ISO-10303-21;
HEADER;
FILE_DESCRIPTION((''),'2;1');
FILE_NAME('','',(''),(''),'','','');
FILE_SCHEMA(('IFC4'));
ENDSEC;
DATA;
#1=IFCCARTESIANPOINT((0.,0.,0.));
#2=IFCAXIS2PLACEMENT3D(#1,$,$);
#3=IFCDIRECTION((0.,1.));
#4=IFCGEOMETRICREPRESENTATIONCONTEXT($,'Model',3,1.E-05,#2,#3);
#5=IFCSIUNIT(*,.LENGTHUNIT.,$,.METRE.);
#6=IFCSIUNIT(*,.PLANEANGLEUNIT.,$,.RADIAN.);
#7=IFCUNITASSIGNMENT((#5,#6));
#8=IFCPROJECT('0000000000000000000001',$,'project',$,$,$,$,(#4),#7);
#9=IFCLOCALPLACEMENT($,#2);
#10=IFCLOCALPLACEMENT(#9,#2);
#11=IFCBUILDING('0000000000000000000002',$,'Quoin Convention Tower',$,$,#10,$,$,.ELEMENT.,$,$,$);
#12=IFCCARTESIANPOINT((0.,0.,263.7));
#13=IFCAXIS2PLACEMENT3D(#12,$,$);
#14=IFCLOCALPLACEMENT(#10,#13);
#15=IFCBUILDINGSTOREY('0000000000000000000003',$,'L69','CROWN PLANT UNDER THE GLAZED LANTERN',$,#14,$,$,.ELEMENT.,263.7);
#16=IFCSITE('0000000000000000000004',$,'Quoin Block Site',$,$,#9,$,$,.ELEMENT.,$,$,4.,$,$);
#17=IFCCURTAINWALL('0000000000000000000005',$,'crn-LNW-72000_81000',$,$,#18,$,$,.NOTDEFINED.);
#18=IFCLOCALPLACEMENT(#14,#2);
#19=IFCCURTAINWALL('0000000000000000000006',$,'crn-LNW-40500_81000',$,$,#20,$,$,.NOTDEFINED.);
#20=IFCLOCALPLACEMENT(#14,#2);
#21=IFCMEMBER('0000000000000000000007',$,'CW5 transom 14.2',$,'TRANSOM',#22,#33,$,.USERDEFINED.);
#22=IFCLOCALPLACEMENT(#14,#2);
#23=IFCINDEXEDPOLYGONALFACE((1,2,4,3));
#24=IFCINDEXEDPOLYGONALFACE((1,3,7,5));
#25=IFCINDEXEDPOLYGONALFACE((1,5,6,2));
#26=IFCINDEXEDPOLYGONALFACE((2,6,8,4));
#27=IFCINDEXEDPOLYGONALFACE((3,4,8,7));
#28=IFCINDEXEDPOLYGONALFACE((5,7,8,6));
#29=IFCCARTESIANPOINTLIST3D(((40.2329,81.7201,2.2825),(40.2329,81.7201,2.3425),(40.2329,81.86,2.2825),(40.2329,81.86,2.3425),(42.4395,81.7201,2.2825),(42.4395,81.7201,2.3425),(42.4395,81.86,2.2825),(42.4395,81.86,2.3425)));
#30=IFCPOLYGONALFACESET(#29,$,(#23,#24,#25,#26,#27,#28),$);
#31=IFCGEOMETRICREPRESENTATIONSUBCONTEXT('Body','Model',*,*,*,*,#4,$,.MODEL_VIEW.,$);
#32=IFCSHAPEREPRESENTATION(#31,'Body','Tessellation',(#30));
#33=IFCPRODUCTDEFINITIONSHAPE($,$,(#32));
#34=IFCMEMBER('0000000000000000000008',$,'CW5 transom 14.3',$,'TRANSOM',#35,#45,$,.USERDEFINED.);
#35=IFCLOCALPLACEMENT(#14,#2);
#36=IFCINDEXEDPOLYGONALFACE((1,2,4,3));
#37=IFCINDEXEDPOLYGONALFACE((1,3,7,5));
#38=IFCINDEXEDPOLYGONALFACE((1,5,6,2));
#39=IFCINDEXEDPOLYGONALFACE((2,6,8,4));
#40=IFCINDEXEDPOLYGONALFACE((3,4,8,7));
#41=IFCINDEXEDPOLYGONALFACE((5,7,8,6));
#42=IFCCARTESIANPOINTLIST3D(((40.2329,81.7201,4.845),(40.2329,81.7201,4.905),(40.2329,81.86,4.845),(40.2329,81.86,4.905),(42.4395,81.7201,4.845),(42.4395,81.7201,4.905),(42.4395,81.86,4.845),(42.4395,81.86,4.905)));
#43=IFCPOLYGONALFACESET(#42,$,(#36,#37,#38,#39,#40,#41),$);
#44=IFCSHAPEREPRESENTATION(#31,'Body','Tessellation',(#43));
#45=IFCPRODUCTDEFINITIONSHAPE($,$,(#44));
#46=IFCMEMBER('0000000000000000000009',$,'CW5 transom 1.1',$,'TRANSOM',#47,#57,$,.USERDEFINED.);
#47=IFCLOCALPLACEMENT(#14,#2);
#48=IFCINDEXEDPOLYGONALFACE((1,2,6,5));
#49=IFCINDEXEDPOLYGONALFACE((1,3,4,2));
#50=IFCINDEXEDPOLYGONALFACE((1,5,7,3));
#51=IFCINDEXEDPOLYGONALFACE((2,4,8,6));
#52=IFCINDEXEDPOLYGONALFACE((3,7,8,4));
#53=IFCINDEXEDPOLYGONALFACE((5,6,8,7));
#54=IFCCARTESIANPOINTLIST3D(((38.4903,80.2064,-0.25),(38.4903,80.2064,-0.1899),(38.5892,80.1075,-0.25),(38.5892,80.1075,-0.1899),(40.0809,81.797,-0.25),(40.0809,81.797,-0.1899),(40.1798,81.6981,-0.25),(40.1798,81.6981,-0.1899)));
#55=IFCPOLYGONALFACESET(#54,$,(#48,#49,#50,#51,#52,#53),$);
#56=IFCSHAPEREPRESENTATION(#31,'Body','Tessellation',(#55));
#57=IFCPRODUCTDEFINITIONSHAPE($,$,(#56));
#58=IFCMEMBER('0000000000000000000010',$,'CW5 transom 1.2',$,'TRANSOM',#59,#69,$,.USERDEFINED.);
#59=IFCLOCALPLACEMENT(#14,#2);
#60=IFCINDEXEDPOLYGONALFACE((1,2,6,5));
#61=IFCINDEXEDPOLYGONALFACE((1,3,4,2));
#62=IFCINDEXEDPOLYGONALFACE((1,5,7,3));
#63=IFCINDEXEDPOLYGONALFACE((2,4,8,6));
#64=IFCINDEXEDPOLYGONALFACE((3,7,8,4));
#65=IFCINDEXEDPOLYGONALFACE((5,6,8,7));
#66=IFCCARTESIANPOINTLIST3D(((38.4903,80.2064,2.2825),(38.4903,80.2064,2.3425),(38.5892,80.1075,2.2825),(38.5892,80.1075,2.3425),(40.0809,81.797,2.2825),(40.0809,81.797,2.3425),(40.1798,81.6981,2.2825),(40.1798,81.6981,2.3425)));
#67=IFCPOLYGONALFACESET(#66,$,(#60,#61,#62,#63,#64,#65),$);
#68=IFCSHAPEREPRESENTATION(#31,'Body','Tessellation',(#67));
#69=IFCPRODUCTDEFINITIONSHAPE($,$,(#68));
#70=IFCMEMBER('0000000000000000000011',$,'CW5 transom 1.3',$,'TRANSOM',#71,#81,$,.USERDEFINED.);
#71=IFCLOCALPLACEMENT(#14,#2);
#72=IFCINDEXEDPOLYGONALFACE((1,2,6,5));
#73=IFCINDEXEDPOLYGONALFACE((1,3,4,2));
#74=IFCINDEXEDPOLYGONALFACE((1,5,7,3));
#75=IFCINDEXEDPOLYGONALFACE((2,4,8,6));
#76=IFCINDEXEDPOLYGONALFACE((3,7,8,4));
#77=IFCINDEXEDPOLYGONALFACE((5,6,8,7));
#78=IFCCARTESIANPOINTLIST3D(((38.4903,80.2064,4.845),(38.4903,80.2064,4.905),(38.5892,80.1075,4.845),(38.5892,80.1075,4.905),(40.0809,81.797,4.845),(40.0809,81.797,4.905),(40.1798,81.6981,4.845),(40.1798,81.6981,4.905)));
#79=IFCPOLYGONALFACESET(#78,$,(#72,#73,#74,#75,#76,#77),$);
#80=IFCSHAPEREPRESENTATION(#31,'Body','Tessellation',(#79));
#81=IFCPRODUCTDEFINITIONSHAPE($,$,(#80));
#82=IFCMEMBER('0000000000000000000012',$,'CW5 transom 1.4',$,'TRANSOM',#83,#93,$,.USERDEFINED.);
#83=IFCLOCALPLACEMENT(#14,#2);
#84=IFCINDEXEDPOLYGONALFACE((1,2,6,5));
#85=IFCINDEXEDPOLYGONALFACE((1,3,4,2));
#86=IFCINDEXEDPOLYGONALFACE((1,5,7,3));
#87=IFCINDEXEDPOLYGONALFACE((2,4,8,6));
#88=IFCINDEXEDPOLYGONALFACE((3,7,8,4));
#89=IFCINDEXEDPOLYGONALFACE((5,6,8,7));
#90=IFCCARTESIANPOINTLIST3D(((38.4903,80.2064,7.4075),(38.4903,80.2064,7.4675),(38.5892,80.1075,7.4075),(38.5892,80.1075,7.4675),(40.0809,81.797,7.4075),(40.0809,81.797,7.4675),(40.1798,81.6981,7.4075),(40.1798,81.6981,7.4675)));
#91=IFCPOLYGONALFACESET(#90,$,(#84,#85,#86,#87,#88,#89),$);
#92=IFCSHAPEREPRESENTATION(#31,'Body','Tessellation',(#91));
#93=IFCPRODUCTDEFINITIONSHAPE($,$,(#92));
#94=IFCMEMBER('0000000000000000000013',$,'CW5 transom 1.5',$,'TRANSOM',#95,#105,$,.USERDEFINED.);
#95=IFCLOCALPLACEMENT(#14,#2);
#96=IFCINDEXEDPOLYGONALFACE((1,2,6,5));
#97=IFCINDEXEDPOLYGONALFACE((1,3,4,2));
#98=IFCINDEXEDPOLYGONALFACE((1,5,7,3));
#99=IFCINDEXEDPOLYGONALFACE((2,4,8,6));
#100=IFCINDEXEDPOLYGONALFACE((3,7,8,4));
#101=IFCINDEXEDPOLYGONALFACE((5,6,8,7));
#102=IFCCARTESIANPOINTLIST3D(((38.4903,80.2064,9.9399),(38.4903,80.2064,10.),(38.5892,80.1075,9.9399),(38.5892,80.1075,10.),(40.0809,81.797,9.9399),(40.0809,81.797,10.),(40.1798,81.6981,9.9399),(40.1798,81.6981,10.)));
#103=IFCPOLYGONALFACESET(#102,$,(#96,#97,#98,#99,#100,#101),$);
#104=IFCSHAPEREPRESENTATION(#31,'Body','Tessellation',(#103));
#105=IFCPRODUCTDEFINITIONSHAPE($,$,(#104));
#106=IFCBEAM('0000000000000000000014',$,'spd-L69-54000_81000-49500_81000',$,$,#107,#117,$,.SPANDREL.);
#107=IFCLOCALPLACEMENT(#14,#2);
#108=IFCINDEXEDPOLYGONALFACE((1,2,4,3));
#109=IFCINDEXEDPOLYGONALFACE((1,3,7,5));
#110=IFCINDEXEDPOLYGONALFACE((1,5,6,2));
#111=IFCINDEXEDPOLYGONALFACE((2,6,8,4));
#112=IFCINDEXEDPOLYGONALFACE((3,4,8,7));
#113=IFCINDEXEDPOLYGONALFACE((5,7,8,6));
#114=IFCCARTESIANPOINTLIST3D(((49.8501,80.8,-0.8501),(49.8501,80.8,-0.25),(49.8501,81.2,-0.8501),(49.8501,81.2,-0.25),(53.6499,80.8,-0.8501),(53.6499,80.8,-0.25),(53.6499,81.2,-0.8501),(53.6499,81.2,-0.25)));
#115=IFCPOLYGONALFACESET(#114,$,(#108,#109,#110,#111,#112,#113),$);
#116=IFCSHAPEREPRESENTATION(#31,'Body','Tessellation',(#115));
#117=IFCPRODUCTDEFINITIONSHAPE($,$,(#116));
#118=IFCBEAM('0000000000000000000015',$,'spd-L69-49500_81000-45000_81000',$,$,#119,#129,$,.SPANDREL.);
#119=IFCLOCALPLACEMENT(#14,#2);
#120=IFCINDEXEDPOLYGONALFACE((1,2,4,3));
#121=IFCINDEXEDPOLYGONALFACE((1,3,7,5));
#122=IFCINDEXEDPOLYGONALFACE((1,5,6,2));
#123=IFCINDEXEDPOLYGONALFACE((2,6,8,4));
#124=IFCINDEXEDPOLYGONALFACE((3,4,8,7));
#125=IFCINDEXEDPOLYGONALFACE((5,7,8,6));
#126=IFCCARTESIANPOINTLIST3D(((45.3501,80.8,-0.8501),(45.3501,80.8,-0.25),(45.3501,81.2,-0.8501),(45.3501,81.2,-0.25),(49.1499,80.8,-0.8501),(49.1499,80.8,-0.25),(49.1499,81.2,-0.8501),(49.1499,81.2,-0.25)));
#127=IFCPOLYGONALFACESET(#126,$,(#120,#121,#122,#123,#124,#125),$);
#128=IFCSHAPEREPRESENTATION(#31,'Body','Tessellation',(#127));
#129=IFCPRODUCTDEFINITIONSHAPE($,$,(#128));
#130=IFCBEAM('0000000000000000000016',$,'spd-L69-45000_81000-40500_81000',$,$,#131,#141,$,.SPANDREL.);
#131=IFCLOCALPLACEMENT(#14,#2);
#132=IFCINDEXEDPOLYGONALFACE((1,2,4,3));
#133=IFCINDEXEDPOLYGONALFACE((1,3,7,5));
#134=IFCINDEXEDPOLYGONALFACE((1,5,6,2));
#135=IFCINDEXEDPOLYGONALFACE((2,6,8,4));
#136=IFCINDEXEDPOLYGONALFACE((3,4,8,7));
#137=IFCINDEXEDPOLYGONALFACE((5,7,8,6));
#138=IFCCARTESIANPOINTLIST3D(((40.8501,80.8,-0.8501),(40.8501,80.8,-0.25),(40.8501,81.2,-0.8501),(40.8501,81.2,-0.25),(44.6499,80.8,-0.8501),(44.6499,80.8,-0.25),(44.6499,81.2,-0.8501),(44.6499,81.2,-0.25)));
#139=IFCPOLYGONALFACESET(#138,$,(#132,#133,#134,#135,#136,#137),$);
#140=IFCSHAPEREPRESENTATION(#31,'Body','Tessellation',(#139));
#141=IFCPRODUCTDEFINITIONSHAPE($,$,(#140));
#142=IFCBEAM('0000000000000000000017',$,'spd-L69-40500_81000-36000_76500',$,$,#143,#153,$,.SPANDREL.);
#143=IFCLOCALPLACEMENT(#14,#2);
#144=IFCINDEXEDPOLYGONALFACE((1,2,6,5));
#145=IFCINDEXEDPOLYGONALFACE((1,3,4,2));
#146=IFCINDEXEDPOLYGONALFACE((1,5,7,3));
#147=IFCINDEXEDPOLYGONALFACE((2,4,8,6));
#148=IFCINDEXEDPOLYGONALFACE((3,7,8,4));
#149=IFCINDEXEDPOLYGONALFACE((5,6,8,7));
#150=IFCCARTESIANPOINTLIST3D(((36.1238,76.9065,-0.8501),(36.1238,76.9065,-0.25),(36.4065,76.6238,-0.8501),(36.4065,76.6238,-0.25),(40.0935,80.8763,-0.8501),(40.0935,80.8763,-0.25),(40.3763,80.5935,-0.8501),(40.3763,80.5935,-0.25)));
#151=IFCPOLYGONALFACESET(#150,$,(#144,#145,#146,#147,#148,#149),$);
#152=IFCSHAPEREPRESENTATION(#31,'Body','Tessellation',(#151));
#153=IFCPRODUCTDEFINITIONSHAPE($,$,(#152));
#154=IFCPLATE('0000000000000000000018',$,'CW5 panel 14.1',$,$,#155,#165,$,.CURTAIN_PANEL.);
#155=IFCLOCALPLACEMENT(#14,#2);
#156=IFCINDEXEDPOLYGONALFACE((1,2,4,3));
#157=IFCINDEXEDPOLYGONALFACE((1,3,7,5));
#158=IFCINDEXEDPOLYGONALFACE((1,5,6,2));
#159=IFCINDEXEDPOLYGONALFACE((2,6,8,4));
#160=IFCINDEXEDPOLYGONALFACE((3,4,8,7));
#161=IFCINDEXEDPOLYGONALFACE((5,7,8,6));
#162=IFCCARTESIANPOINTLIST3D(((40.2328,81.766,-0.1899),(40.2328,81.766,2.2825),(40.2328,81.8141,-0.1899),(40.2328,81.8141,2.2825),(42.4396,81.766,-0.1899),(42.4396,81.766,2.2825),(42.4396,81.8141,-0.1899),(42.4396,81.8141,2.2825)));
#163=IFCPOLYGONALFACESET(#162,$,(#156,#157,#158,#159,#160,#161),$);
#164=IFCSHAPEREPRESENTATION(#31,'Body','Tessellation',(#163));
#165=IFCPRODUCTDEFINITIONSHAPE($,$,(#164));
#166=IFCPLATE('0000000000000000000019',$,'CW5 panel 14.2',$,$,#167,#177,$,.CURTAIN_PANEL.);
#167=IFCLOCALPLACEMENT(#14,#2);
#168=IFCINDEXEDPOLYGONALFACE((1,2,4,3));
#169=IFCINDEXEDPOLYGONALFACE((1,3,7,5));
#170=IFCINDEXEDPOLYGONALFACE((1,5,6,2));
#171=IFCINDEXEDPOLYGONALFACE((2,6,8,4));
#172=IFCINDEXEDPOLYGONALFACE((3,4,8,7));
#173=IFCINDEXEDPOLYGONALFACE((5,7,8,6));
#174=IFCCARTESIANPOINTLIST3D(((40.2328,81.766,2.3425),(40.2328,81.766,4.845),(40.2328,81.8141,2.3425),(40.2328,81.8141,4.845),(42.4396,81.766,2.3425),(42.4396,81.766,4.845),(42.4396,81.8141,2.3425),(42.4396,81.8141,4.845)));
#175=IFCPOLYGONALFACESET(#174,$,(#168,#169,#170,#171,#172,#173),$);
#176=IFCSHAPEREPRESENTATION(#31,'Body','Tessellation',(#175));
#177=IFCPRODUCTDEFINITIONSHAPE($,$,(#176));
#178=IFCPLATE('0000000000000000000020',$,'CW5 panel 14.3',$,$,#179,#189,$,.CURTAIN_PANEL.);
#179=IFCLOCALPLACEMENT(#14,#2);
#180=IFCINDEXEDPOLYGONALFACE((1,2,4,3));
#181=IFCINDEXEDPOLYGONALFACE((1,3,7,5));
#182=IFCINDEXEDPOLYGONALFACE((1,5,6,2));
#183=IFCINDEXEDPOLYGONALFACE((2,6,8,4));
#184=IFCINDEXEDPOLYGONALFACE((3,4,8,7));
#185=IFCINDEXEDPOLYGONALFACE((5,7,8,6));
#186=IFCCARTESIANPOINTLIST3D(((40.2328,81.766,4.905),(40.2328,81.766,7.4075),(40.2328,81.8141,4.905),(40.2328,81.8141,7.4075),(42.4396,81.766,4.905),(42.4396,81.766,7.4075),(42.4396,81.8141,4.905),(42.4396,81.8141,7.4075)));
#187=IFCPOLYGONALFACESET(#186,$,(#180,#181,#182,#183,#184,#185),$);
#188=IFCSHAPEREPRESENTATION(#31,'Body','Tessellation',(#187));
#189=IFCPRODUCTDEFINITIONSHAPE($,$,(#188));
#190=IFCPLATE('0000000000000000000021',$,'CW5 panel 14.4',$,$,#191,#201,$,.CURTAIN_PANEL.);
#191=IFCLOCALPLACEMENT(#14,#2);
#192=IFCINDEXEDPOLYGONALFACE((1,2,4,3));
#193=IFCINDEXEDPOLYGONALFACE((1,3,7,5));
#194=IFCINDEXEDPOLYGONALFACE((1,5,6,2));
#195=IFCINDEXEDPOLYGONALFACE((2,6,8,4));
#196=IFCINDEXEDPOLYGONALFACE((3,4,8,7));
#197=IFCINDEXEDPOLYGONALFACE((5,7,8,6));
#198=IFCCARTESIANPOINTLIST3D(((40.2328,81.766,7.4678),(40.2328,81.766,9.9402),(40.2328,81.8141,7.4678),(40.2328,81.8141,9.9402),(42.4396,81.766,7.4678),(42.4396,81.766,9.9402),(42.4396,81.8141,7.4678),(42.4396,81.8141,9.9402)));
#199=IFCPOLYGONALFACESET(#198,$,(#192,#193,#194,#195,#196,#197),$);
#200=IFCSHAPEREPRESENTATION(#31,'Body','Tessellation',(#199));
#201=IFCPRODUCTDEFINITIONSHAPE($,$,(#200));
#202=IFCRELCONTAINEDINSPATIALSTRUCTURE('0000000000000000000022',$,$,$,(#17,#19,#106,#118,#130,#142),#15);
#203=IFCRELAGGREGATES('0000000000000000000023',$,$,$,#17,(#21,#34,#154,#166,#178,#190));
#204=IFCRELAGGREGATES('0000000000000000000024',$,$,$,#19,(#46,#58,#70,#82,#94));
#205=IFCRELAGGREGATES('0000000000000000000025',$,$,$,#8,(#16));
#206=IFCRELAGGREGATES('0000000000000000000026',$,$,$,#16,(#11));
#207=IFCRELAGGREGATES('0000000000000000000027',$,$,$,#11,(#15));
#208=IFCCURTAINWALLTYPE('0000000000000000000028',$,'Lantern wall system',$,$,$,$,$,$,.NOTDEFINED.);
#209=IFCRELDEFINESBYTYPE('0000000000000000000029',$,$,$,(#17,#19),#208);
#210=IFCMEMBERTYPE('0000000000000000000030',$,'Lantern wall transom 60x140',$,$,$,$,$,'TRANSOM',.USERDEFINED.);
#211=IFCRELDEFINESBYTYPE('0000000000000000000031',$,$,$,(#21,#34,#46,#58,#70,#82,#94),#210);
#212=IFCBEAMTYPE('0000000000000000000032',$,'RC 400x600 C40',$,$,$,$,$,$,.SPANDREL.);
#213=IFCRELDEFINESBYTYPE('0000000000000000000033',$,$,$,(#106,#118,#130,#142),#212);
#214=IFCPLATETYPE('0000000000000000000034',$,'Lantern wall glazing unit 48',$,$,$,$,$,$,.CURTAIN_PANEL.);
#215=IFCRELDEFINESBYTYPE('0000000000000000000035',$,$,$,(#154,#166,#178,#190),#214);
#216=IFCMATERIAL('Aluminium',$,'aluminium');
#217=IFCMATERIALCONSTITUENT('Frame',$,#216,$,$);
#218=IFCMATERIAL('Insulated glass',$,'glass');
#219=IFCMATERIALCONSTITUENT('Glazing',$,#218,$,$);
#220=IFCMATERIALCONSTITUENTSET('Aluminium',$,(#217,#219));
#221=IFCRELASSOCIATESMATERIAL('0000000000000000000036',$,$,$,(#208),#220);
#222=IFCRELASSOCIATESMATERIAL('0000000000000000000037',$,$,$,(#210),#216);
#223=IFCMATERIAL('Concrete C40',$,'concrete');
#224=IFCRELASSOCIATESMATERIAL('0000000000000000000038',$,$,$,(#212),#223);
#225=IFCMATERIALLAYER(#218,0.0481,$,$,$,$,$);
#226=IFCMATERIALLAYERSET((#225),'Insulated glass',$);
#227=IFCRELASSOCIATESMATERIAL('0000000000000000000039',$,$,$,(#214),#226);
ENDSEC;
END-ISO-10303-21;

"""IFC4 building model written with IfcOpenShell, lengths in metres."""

from ifc_helpers import new_model, si_unit, direction, frame, origin, origin_2d, place, context, subcontext, project, spatial, rectangle, extrude, material, layer, layer_set, constituent, constituent_set, material_profile, profile_set, type_object, element, aggregate, save


model = new_model("IFC4")

# Units and contexts
model_context = context("Model", 3, precision=1e-05, world=origin(), true_north=direction((0.0, 1.0)))
body_context = subcontext(model_context, "Body", "Model", "MODEL_VIEW")
ifc_project = project(units=[si_unit("LENGTHUNIT", "METRE"), si_unit("PLANEANGLEUNIT", "RADIAN")], contexts=[model_context])

# Site, building, storey
site_placement = place(None, origin())
site = spatial("IfcSite", under=ifc_project, at=site_placement, Name="Quoin Block Site", CompositionType="ELEMENT", RefElevation=4.0)
building_placement = place(site_placement, origin())
building = spatial("IfcBuilding", under=site, at=building_placement, Name="Quoin Convention Tower", CompositionType="ELEMENT")
storey_placement = place(building_placement, frame((0.0, 0.0, 263.7)))
storey = spatial("IfcBuildingStorey", under=building, at=storey_placement, Name="L69", Description="CROWN PLANT UNDER THE GLAZED LANTERN", CompositionType="ELEMENT", Elevation=263.7)

# Shared definitions
ifc_material_1 = material(Name="Concrete C40", Category="concrete")

# Curtain walls
ifc_material_2 = material(Name="Aluminium", Category="aluminium")
ifc_constituent_1 = constituent(ifc_material_2, Name="Frame")
ifc_material_3 = material(Name="Insulated glass", Category="glass")
ifc_constituent_2 = constituent(ifc_material_3, Name="Glazing")
ifc_constituent_set = constituent_set(constituents=[ifc_constituent_1, ifc_constituent_2], Name="Aluminium")
curtain_wall_type = type_object("IfcCurtainWallType", Name="Lantern wall system", PredefinedType="NOTDEFINED", material=ifc_constituent_set)
curtain_wall_1_placement = place(storey_placement, origin())
curtain_wall_1 = element("IfcCurtainWall", 1, at=curtain_wall_1_placement, inside=storey, type_object=curtain_wall_type, Name="crn-LNW-72000_81000", PredefinedType="NOTDEFINED")
curtain_wall_2_placement = place(storey_placement, origin())
curtain_wall_2 = element("IfcCurtainWall", 2, at=curtain_wall_2_placement, inside=storey, type_object=curtain_wall_type, Name="crn-LNW-40500_81000", PredefinedType="NOTDEFINED")

# Members
ifc_material_profile_1 = material_profile(ifc_material_2, rectangle(XDim=0.1399, YDim=0.0601, at=origin_2d()), Name="Lantern wall transom 60x140")
ifc_profile_set_1 = profile_set([ifc_material_profile_1], Name="Aluminium")
member_type_1 = type_object("IfcMemberType", Name="Lantern wall transom 60x140", ElementType="TRANSOM", PredefinedType="USERDEFINED", material=ifc_profile_set_1)
member_1_placement = place(storey_placement, frame((42.4395, 81.79, 2.3125), z_axis=(-1.0, 0.0, 0.0), x_axis=(0.0, -1.0, 0.0)))
member_1 = element("IfcMember", 3, at=member_1_placement, type_object=member_type_1, Name="CW5 transom 14.2", ObjectType="TRANSOM", PredefinedType="USERDEFINED", context=body_context, shape_type="SweptSolid", body=[
    extrude(rectangle(XDim=0.1399, YDim=0.0601, at=origin_2d()), origin(), (0.0, 0.0, 1.0), 2.2065),
])
member_2_placement = place(storey_placement, frame((42.4395, 81.79, 4.875), z_axis=(-1.0, 0.0, 0.0), x_axis=(0.0, -1.0, 0.0)))
member_2 = element("IfcMember", 4, at=member_2_placement, type_object=member_type_1, Name="CW5 transom 14.3", ObjectType="TRANSOM", PredefinedType="USERDEFINED", context=body_context, shape_type="SweptSolid", body=[
    extrude(rectangle(XDim=0.1399, YDim=0.0601, at=origin_2d()), origin(), (0.0, 0.0, 1.0), 2.2065),
])
member_3_placement = place(storey_placement, frame((40.1304, 81.7476, -0.22), z_axis=(-0.707107, -0.707107, 0.0), x_axis=(0.707107, -0.707107, 0.0)))
member_3 = element("IfcMember", 5, at=member_3_placement, type_object=member_type_1, Name="CW5 transom 1.1", ObjectType="TRANSOM", PredefinedType="USERDEFINED", context=body_context, shape_type="SweptSolid", body=[
    extrude(rectangle(XDim=0.1399, YDim=0.0601, at=origin_2d()), origin(), (0.0, 0.0, 1.0), 2.2495),
])
member_4_placement = place(storey_placement, frame((40.1304, 81.7476, 2.3125), z_axis=(-0.707107, -0.707107, 0.0), x_axis=(0.707107, -0.707107, 0.0)))
member_4 = element("IfcMember", 6, at=member_4_placement, type_object=member_type_1, Name="CW5 transom 1.2", ObjectType="TRANSOM", PredefinedType="USERDEFINED", context=body_context, shape_type="SweptSolid", body=[
    extrude(rectangle(XDim=0.1399, YDim=0.0601, at=origin_2d()), origin(), (0.0, 0.0, 1.0), 2.2495),
])
member_5_placement = place(storey_placement, frame((40.1304, 81.7476, 4.875), z_axis=(-0.707107, -0.707107, 0.0), x_axis=(0.707107, -0.707107, 0.0)))
member_5 = element("IfcMember", 7, at=member_5_placement, type_object=member_type_1, Name="CW5 transom 1.3", ObjectType="TRANSOM", PredefinedType="USERDEFINED", context=body_context, shape_type="SweptSolid", body=[
    extrude(rectangle(XDim=0.1399, YDim=0.0601, at=origin_2d()), origin(), (0.0, 0.0, 1.0), 2.2495),
])
member_6_placement = place(storey_placement, frame((40.1304, 81.7476, 7.4375), z_axis=(-0.707107, -0.707107, 0.0), x_axis=(0.707107, -0.707107, 0.0)))
member_6 = element("IfcMember", 8, at=member_6_placement, type_object=member_type_1, Name="CW5 transom 1.4", ObjectType="TRANSOM", PredefinedType="USERDEFINED", context=body_context, shape_type="SweptSolid", body=[
    extrude(rectangle(XDim=0.1399, YDim=0.0601, at=origin_2d()), origin(), (0.0, 0.0, 1.0), 2.2495),
])
member_7_placement = place(storey_placement, frame((40.1304, 81.7476, 9.97), z_axis=(-0.707107, -0.707107, 0.0), x_axis=(0.707107, -0.707107, 0.0)))
member_7 = element("IfcMember", 9, at=member_7_placement, type_object=member_type_1, Name="CW5 transom 1.5", ObjectType="TRANSOM", PredefinedType="USERDEFINED", context=body_context, shape_type="SweptSolid", body=[
    extrude(rectangle(XDim=0.1399, YDim=0.0601, at=origin_2d()), origin(), (0.0, 0.0, 1.0), 2.2495),
])

# Beams
ifc_material_profile_2 = material_profile(ifc_material_1, rectangle(XDim=0.3999, YDim=0.6001, at=origin_2d()), Name="RC 400x600")
ifc_profile_set_2 = profile_set([ifc_material_profile_2], Name="Concrete C40")
beam_type_1 = type_object("IfcBeamType", Name="RC 400x600 C40", PredefinedType="SPANDREL", material=ifc_profile_set_2)
for number, where, z_axis, x_axis, name in (
    (10, (53.6499, 81.0, -0.55), (-1.0, 0.0, 0.0), (0.0, -1.0, 0.0), "spd-L69-54000_81000-49500_81000"),
    (11, (49.1499, 81.0, -0.55), (-1.0, 0.0, 0.0), (0.0, -1.0, 0.0), "spd-L69-49500_81000-45000_81000"),
    (12, (44.6499, 81.0, -0.55), (-1.0, 0.0, 0.0), (0.0, -1.0, 0.0), "spd-L69-45000_81000-40500_81000"),
):
    element("IfcBeam", number, at=place(storey_placement, frame(where, z_axis=z_axis, x_axis=x_axis)), inside=storey, type_object=beam_type_1, Name=name, PredefinedType="SPANDREL", context=body_context, shape_type="SweptSolid", body=[
        extrude(rectangle(XDim=0.3999, YDim=0.6001, at=origin_2d()), origin(), (0.0, 0.0, 1.0), 3.7998),
    ])
beam_1_placement = place(storey_placement, frame((40.2349, 80.7349, -0.55), z_axis=(-0.707107, -0.707107, 0.0), x_axis=(0.707107, -0.707107, 0.0)))
element("IfcBeam", 13, at=beam_1_placement, inside=storey, type_object=beam_type_1, Name="spd-L69-40500_81000-36000_76500", PredefinedType="SPANDREL", context=body_context, shape_type="SweptSolid", body=[
    extrude(rectangle(XDim=0.3999, YDim=0.6001, at=origin_2d()), origin(), (0.0, 0.0, 1.0), 5.614),
])

# Plates
ifc_layer = layer(ifc_material_3, 0.0481)
ifc_layer_set = layer_set([ifc_layer], Name="Insulated glass")
plate_type = type_object("IfcPlateType", Name="Lantern wall glazing unit 48", PredefinedType="CURTAIN_PANEL", material=ifc_layer_set)
plate_1_placement = place(storey_placement, frame((41.3362, 81.79, -0.1899), z_axis=(0.0, 0.0, 1.0), x_axis=(-1.0, 0.0, 0.0)))
plate_1 = element("IfcPlate", 14, at=plate_1_placement, type_object=plate_type, Name="CW5 panel 14.1", PredefinedType="CURTAIN_PANEL", context=body_context, shape_type="SweptSolid", body=[
    extrude(rectangle(XDim=2.2068, YDim=0.0481, at=origin_2d()), origin(), (0.0, 0.0, 1.0), 2.4724),
])
plate_2_placement = place(storey_placement, frame((41.3362, 81.79, 2.3425), z_axis=(0.0, 0.0, 1.0), x_axis=(-1.0, 0.0, 0.0)))
plate_2 = element("IfcPlate", 15, at=plate_2_placement, type_object=plate_type, Name="CW5 panel 14.2", PredefinedType="CURTAIN_PANEL", context=body_context, shape_type="SweptSolid", body=[
    extrude(rectangle(XDim=2.2068, YDim=0.0481, at=origin_2d()), origin(), (0.0, 0.0, 1.0), 2.5024),
])
plate_3_placement = place(storey_placement, frame((41.3362, 81.79, 4.905), z_axis=(0.0, 0.0, 1.0), x_axis=(-1.0, 0.0, 0.0)))
plate_3 = element("IfcPlate", 16, at=plate_3_placement, type_object=plate_type, Name="CW5 panel 14.3", PredefinedType="CURTAIN_PANEL", context=body_context, shape_type="SweptSolid", body=[
    extrude(rectangle(XDim=2.2068, YDim=0.0481, at=origin_2d()), origin(), (0.0, 0.0, 1.0), 2.5024),
])
plate_4_placement = place(storey_placement, frame((41.3362, 81.79, 7.4678), z_axis=(0.0, 0.0, 1.0), x_axis=(-1.0, 0.0, 0.0)))
plate_4 = element("IfcPlate", 17, at=plate_4_placement, type_object=plate_type, Name="CW5 panel 14.4", PredefinedType="CURTAIN_PANEL", context=body_context, shape_type="SweptSolid", body=[
    extrude(rectangle(XDim=2.2068, YDim=0.0481, at=origin_2d()), origin(), (0.0, 0.0, 1.0), 2.4724),
])
aggregate(curtain_wall_1, [member_1, member_2, plate_1, plate_2, plate_3, plate_4])
aggregate(curtain_wall_2, [member_3, member_4, member_5, member_6, member_7])

save(model, "model.ifc")
